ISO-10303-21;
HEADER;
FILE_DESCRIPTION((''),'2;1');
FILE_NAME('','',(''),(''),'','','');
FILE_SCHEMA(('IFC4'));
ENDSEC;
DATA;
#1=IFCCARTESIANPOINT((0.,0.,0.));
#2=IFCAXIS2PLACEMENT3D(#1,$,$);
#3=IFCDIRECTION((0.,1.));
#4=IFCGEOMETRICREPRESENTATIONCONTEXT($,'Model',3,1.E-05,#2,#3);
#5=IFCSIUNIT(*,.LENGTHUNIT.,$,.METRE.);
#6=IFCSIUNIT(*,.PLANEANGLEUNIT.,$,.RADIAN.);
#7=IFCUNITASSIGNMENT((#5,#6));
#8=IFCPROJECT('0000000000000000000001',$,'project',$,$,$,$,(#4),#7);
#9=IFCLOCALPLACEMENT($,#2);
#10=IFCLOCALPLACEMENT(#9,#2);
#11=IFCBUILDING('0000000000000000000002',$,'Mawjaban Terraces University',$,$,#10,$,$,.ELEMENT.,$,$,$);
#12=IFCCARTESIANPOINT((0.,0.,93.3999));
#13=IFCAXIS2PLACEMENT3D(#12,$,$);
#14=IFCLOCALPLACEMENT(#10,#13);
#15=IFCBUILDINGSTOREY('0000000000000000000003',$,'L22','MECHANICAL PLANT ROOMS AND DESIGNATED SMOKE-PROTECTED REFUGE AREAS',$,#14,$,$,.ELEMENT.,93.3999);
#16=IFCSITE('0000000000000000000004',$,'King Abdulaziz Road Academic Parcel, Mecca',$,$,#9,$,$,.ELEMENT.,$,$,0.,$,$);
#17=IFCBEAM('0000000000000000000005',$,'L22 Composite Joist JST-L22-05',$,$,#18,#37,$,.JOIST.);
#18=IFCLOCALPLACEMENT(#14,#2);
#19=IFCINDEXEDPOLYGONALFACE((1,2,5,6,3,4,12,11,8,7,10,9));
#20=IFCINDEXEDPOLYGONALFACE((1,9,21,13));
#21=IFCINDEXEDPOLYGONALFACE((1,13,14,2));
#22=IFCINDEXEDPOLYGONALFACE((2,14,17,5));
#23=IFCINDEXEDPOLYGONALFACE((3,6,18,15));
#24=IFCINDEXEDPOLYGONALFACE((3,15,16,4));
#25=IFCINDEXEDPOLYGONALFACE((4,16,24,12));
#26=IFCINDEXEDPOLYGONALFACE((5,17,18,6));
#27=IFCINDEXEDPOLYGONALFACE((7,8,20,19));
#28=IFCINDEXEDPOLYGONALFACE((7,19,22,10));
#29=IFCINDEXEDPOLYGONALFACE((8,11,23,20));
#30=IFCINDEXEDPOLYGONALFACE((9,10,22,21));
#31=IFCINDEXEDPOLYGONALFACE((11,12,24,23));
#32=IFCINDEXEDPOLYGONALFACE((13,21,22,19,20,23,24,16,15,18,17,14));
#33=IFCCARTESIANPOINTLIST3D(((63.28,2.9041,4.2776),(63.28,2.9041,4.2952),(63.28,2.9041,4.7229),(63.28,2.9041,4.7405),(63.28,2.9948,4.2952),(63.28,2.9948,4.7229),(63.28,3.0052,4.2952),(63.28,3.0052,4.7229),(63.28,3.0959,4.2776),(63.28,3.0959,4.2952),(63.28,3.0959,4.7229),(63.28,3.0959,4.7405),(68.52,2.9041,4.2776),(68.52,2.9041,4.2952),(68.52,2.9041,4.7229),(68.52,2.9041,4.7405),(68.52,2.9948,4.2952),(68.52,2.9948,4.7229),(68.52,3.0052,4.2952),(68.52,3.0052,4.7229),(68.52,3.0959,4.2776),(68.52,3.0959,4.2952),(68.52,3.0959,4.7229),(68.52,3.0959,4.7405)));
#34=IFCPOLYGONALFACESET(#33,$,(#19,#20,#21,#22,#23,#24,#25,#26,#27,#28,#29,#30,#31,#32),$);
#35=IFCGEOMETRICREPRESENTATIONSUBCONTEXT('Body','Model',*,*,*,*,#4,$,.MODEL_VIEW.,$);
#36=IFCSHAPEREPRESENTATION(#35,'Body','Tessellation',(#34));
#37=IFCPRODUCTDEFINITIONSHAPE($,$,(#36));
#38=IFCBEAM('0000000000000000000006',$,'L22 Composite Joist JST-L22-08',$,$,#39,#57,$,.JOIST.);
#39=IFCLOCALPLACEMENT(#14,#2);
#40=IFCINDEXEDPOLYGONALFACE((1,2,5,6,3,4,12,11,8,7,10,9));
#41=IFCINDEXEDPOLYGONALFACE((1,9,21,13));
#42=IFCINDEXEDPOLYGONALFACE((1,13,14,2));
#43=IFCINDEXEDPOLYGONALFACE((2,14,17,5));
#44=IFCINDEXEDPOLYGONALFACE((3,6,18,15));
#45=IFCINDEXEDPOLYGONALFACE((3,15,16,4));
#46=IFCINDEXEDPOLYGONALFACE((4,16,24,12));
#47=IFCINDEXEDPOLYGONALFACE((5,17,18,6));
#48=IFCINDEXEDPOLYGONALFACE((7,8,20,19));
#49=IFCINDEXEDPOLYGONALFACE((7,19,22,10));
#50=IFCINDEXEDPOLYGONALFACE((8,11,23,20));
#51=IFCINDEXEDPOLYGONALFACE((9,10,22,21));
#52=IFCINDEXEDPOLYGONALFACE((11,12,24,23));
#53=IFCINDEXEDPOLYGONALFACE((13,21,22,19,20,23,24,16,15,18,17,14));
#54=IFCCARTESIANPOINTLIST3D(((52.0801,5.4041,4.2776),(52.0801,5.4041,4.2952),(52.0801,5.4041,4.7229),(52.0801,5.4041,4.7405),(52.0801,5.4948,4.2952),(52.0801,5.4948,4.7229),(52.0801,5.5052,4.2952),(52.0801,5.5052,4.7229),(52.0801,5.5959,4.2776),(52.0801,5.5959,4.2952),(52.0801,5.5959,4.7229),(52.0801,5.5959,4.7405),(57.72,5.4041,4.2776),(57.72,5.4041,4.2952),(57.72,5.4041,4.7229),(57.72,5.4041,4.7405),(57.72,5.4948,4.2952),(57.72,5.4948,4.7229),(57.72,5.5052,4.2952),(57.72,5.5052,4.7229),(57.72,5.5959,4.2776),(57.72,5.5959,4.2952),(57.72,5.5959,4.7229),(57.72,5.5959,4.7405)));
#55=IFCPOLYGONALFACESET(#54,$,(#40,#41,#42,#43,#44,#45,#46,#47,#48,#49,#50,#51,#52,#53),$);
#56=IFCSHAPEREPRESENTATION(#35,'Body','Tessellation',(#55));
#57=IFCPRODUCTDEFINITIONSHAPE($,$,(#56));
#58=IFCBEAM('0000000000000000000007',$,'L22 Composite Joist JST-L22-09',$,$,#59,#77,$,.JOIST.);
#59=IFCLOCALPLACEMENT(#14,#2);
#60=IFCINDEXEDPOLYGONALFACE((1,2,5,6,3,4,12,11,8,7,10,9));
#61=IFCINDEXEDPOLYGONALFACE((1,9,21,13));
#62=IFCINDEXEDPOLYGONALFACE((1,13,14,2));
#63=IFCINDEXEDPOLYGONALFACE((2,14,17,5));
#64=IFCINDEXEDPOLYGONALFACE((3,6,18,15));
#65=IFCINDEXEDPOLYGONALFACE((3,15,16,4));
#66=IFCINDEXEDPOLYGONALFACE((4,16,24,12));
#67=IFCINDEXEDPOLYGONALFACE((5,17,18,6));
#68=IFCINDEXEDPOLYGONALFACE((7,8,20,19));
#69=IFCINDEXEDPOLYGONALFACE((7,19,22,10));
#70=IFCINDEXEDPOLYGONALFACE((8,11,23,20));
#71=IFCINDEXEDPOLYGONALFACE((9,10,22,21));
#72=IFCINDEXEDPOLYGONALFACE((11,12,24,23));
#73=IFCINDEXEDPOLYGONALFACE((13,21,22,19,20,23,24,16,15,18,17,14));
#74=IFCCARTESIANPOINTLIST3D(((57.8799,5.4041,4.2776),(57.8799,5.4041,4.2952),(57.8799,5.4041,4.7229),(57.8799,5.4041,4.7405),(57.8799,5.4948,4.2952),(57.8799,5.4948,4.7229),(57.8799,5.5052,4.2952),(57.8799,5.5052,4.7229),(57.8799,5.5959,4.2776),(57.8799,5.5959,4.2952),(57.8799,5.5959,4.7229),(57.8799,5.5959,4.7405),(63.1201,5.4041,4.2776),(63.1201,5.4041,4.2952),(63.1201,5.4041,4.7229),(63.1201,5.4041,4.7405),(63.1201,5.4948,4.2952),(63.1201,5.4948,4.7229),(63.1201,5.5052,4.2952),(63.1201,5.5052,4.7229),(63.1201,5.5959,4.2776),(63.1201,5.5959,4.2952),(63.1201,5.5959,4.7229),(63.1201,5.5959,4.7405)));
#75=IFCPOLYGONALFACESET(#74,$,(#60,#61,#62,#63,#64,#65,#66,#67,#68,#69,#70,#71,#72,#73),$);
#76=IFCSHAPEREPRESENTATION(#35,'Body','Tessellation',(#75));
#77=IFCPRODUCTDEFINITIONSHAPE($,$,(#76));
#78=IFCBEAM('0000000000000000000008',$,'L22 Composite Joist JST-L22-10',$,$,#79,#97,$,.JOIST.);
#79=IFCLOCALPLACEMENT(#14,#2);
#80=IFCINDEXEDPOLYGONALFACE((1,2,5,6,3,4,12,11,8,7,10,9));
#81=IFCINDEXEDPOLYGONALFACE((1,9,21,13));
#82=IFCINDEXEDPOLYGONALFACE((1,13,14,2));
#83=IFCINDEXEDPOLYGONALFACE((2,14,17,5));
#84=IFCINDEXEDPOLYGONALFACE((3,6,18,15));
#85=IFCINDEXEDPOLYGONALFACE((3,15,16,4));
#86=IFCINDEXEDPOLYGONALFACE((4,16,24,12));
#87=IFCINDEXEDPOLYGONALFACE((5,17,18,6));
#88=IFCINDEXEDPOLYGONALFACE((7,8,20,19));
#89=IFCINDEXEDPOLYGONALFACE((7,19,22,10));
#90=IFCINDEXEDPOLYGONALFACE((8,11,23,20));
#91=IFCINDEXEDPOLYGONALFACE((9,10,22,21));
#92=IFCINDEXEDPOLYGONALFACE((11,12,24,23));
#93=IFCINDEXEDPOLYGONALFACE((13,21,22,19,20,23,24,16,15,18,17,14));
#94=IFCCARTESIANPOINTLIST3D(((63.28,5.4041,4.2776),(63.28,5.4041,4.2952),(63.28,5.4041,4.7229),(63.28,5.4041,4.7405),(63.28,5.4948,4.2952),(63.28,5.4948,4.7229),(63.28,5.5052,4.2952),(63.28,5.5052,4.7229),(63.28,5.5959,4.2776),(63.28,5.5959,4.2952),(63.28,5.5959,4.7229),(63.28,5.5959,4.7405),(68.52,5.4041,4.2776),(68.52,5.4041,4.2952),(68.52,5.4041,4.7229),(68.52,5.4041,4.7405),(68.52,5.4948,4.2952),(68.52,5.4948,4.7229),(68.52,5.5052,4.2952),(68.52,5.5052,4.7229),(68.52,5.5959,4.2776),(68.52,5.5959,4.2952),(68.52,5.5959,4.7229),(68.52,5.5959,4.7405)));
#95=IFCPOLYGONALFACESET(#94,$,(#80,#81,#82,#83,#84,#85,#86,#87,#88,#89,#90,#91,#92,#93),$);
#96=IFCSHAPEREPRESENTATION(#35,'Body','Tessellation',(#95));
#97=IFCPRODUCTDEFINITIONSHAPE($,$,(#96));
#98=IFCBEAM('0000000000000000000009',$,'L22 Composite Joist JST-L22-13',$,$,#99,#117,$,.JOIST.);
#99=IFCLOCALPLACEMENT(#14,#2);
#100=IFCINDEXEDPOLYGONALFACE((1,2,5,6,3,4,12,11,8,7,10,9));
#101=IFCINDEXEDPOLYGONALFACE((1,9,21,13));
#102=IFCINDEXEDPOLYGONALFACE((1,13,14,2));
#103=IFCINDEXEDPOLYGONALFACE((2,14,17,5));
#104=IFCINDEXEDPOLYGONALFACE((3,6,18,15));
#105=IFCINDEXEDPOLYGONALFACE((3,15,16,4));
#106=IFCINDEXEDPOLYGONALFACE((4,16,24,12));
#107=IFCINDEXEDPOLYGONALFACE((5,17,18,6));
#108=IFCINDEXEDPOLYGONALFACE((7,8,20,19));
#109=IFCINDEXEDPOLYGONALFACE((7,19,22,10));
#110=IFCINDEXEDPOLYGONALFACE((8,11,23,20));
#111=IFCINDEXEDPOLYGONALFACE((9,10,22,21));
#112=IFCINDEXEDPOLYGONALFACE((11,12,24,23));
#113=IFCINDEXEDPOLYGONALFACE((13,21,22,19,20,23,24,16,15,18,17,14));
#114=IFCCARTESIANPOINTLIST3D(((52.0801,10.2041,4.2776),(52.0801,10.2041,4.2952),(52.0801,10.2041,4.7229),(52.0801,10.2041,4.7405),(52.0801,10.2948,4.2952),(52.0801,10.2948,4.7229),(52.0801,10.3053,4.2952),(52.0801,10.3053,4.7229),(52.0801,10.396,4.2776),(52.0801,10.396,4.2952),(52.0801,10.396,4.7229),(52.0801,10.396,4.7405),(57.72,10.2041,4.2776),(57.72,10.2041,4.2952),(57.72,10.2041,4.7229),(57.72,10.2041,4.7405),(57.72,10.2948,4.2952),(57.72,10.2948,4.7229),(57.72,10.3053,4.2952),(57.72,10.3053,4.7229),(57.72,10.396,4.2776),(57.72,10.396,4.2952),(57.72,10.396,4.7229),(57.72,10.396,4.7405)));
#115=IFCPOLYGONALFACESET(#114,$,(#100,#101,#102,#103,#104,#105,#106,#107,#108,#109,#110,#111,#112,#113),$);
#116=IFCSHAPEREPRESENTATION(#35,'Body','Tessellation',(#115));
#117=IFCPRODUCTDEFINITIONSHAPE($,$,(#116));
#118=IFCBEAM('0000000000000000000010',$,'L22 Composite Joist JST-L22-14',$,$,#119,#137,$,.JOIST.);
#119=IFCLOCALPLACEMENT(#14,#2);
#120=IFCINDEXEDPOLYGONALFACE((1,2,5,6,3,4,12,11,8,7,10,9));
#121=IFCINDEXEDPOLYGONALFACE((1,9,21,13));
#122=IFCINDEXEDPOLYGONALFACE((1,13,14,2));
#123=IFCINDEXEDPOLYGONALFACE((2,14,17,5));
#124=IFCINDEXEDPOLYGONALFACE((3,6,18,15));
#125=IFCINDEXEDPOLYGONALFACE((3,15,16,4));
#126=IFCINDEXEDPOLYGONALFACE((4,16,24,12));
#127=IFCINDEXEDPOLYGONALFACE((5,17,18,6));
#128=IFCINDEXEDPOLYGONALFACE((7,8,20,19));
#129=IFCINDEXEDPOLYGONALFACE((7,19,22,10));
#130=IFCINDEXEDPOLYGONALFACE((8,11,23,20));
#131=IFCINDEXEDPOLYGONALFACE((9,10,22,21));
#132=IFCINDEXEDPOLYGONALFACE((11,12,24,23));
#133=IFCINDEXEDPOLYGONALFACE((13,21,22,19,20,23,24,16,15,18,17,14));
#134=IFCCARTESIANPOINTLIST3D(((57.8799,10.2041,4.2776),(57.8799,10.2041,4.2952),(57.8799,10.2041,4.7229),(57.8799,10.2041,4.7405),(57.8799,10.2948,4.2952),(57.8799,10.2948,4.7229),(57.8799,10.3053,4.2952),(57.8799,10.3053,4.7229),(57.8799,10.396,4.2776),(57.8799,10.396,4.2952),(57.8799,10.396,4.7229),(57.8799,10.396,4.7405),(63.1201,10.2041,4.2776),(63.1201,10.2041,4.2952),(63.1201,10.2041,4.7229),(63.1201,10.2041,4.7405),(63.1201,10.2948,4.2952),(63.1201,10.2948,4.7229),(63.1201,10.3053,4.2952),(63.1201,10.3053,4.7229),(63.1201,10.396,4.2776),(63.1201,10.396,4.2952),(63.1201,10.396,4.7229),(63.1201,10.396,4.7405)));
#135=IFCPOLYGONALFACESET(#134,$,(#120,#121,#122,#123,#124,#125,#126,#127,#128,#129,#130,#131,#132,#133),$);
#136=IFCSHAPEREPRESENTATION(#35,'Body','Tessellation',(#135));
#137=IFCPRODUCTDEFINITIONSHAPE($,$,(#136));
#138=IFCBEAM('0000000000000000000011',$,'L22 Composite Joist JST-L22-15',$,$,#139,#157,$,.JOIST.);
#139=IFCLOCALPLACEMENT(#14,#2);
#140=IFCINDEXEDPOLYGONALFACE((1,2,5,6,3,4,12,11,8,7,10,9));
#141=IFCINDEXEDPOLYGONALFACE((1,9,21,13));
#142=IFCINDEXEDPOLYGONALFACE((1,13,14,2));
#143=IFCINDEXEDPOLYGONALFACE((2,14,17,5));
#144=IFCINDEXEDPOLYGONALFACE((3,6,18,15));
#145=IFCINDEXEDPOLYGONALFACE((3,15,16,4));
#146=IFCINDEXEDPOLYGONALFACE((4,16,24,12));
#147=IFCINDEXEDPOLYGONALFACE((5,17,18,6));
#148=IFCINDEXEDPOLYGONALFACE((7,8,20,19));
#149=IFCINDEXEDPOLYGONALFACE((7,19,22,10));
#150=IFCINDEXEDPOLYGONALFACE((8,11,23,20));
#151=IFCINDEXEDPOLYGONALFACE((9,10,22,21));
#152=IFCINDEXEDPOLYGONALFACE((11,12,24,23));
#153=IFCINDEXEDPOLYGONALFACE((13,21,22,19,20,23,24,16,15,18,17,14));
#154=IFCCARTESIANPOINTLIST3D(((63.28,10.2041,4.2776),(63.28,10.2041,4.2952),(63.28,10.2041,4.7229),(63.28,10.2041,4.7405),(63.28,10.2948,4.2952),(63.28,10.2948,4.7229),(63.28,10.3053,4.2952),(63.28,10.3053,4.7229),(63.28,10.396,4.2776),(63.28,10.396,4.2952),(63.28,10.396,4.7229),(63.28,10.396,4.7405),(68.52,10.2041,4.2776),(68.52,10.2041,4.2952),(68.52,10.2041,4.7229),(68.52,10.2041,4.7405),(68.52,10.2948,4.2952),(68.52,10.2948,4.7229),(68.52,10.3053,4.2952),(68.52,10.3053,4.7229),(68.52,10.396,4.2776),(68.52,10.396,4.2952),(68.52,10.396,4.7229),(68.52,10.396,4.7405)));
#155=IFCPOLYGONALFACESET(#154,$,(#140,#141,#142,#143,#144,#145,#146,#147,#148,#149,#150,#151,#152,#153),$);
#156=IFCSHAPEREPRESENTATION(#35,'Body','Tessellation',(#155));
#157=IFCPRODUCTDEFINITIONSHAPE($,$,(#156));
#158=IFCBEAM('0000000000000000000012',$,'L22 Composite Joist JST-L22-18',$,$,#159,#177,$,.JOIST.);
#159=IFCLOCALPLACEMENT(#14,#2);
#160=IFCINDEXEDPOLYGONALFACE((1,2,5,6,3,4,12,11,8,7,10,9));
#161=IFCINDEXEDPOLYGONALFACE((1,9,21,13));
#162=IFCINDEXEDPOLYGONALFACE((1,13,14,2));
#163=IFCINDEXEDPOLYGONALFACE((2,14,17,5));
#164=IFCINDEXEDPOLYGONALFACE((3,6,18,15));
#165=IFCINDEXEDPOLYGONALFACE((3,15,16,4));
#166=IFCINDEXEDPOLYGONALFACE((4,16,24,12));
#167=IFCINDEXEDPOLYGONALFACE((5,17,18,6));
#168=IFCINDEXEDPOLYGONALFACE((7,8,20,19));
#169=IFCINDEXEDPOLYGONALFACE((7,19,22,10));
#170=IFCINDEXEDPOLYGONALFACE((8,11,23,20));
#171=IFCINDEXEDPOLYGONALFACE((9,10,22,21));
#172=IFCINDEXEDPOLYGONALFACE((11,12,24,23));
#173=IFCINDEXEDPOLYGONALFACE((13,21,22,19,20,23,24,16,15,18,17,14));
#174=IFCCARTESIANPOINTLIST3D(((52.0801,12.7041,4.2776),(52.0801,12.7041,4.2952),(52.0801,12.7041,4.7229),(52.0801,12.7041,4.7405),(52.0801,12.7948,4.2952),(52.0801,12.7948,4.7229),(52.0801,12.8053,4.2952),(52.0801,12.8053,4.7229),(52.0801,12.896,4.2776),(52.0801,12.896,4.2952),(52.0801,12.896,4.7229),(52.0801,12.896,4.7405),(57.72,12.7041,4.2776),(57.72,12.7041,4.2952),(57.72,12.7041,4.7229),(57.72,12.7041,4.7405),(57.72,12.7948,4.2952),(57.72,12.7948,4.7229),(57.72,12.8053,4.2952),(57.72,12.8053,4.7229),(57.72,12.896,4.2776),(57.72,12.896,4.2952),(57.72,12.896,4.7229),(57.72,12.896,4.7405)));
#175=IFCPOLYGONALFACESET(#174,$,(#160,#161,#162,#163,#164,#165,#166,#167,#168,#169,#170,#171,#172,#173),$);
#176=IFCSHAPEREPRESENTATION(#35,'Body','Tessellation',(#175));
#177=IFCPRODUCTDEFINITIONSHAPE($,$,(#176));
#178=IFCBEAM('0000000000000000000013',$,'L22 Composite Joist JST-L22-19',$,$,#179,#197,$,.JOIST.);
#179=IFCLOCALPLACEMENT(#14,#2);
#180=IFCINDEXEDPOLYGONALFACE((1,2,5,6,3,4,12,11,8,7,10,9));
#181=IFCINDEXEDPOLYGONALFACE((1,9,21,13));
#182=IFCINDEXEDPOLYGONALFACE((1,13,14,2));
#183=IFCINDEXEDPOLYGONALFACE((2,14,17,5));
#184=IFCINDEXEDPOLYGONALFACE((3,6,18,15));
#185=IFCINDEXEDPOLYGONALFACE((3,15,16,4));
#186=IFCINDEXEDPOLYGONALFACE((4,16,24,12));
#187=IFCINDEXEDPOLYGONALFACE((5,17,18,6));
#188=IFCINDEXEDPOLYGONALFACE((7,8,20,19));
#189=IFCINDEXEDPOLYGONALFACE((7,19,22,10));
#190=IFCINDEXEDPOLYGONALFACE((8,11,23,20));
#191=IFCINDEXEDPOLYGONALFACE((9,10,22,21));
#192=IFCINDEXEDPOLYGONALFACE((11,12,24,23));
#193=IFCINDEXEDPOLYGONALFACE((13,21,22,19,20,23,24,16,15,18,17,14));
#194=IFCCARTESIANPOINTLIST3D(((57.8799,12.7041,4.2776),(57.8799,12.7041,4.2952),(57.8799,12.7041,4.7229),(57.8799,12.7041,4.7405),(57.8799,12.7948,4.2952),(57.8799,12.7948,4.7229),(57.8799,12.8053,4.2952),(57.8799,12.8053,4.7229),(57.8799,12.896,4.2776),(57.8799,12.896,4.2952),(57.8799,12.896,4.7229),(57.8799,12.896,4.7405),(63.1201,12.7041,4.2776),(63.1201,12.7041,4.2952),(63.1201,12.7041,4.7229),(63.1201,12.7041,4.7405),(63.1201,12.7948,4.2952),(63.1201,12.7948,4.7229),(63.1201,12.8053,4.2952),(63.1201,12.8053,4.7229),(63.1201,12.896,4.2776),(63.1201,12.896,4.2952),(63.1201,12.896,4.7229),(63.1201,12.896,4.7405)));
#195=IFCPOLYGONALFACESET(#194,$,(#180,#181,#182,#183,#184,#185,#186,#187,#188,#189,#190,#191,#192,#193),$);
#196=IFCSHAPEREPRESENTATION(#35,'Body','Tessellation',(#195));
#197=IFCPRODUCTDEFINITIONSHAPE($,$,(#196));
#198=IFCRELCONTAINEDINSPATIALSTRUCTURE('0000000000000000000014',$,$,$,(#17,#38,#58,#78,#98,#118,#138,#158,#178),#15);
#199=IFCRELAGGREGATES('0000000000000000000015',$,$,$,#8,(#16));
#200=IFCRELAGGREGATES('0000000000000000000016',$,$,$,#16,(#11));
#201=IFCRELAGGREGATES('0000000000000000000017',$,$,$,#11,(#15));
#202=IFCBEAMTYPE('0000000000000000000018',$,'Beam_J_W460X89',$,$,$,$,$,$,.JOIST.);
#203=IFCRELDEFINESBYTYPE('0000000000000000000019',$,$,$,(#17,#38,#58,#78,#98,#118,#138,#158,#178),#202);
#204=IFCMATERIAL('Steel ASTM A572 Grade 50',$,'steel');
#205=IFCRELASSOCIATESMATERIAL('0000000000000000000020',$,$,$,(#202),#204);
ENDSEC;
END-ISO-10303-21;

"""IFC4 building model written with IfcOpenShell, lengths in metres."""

from ifc_helpers import new_model, si_unit, direction, frame, origin, origin_2d, place, context, subcontext, project, spatial, i_section, extrude, material, material_profile, profile_set, type_object, element, save


model = new_model("IFC4")

# Units and contexts
model_context = context("Model", 3, precision=1e-05, world=origin(), true_north=direction((0.0, 1.0)))
body_context = subcontext(model_context, "Body", "Model", "MODEL_VIEW")
ifc_project = project(units=[si_unit("LENGTHUNIT", "METRE"), si_unit("PLANEANGLEUNIT", "RADIAN")], contexts=[model_context])

# Site, building, storey
site_placement = place(None, origin())
site = spatial("IfcSite", under=ifc_project, at=site_placement, Name="King Abdulaziz Road Academic Parcel, Mecca", CompositionType="ELEMENT", RefElevation=0.0)
building_placement = place(site_placement, origin())
building = spatial("IfcBuilding", under=site, at=building_placement, Name="Mawjaban Terraces University", CompositionType="ELEMENT")
storey_placement = place(building_placement, frame((0.0, 0.0, 93.3999)))
storey = spatial("IfcBuildingStorey", under=building, at=storey_placement, Name="L22", Description="MECHANICAL PLANT ROOMS AND DESIGNATED SMOKE-PROTECTED REFUGE AREAS", CompositionType="ELEMENT", Elevation=93.3999)

# Beams
ifc_material_1 = material(Name="Steel ASTM A572 Grade 50", Category="steel")
ifc_material_profile_1 = material_profile(ifc_material_1, i_section(OverallWidth=0.1919, OverallDepth=0.4629, WebThickness=0.0105, FlangeThickness=0.0176, at=origin_2d()), Name="W460X89")
ifc_profile_set_1 = profile_set([ifc_material_profile_1], Name="Steel ASTM A572 Grade 50")
beam_type_1 = type_object("IfcBeamType", Name="Beam_J_W460X89", PredefinedType="JOIST", material=ifc_profile_set_1)
beam_1_placement = place(storey_placement, frame((63.28, 3.0, 4.509), z_axis=(1.0, 0.0, 0.0), x_axis=(0.0, 1.0, 0.0)))
element("IfcBeam", 1, at=beam_1_placement, inside=storey, type_object=beam_type_1, Name="L22 Composite Joist JST-L22-05", PredefinedType="JOIST", context=body_context, shape_type="SweptSolid", body=[
    extrude(i_section(OverallWidth=0.1919, OverallDepth=0.4629, WebThickness=0.0105, FlangeThickness=0.0176, at=origin_2d()), origin(), (0.0, 0.0, 1.0), 5.24),
])
beam_2_placement = place(storey_placement, frame((52.0801, 5.5, 4.509), z_axis=(1.0, 0.0, 0.0), x_axis=(0.0, 1.0, 0.0)))
element("IfcBeam", 2, at=beam_2_placement, inside=storey, type_object=beam_type_1, Name="L22 Composite Joist JST-L22-08", PredefinedType="JOIST", context=body_context, shape_type="SweptSolid", body=[
    extrude(i_section(OverallWidth=0.1919, OverallDepth=0.4629, WebThickness=0.0105, FlangeThickness=0.0176, at=origin_2d()), origin(), (0.0, 0.0, 1.0), 5.6399),
])
beam_3_placement = place(storey_placement, frame((57.8799, 5.5, 4.509), z_axis=(1.0, 0.0, 0.0), x_axis=(0.0, 1.0, 0.0)))
element("IfcBeam", 3, at=beam_3_placement, inside=storey, type_object=beam_type_1, Name="L22 Composite Joist JST-L22-09", PredefinedType="JOIST", context=body_context, shape_type="SweptSolid", body=[
    extrude(i_section(OverallWidth=0.1919, OverallDepth=0.4629, WebThickness=0.0105, FlangeThickness=0.0176, at=origin_2d()), origin(), (0.0, 0.0, 1.0), 5.2402),
])
beam_4_placement = place(storey_placement, frame((63.28, 5.5, 4.509), z_axis=(1.0, 0.0, 0.0), x_axis=(0.0, 1.0, 0.0)))
element("IfcBeam", 4, at=beam_4_placement, inside=storey, type_object=beam_type_1, Name="L22 Composite Joist JST-L22-10", PredefinedType="JOIST", context=body_context, shape_type="SweptSolid", body=[
    extrude(i_section(OverallWidth=0.1919, OverallDepth=0.4629, WebThickness=0.0105, FlangeThickness=0.0176, at=origin_2d()), origin(), (0.0, 0.0, 1.0), 5.24),
])
beam_5_placement = place(storey_placement, frame((52.0801, 10.3, 4.509), z_axis=(1.0, 0.0, 0.0), x_axis=(0.0, 1.0, 0.0)))
element("IfcBeam", 5, at=beam_5_placement, inside=storey, type_object=beam_type_1, Name="L22 Composite Joist JST-L22-13", PredefinedType="JOIST", context=body_context, shape_type="SweptSolid", body=[
    extrude(i_section(OverallWidth=0.1919, OverallDepth=0.4629, WebThickness=0.0105, FlangeThickness=0.0176, at=origin_2d()), origin(), (0.0, 0.0, 1.0), 5.6399),
])
beam_6_placement = place(storey_placement, frame((57.8799, 10.3, 4.509), z_axis=(1.0, 0.0, 0.0), x_axis=(0.0, 1.0, 0.0)))
element("IfcBeam", 6, at=beam_6_placement, inside=storey, type_object=beam_type_1, Name="L22 Composite Joist JST-L22-14", PredefinedType="JOIST", context=body_context, shape_type="SweptSolid", body=[
    extrude(i_section(OverallWidth=0.1919, OverallDepth=0.4629, WebThickness=0.0105, FlangeThickness=0.0176, at=origin_2d()), origin(), (0.0, 0.0, 1.0), 5.2402),
])
beam_7_placement = place(storey_placement, frame((63.28, 10.3, 4.509), z_axis=(1.0, 0.0, 0.0), x_axis=(0.0, 1.0, 0.0)))
element("IfcBeam", 7, at=beam_7_placement, inside=storey, type_object=beam_type_1, Name="L22 Composite Joist JST-L22-15", PredefinedType="JOIST", context=body_context, shape_type="SweptSolid", body=[
    extrude(i_section(OverallWidth=0.1919, OverallDepth=0.4629, WebThickness=0.0105, FlangeThickness=0.0176, at=origin_2d()), origin(), (0.0, 0.0, 1.0), 5.24),
])
beam_8_placement = place(storey_placement, frame((52.0801, 12.8, 4.509), z_axis=(1.0, 0.0, 0.0), x_axis=(0.0, 1.0, 0.0)))
element("IfcBeam", 8, at=beam_8_placement, inside=storey, type_object=beam_type_1, Name="L22 Composite Joist JST-L22-18", PredefinedType="JOIST", context=body_context, shape_type="SweptSolid", body=[
    extrude(i_section(OverallWidth=0.1919, OverallDepth=0.4629, WebThickness=0.0105, FlangeThickness=0.0176, at=origin_2d()), origin(), (0.0, 0.0, 1.0), 5.6399),
])
beam_9_placement = place(storey_placement, frame((57.8799, 12.8, 4.509), z_axis=(1.0, 0.0, 0.0), x_axis=(0.0, 1.0, 0.0)))
element("IfcBeam", 9, at=beam_9_placement, inside=storey, type_object=beam_type_1, Name="L22 Composite Joist JST-L22-19", PredefinedType="JOIST", context=body_context, shape_type="SweptSolid", body=[
    extrude(i_section(OverallWidth=0.1919, OverallDepth=0.4629, WebThickness=0.0105, FlangeThickness=0.0176, at=origin_2d()), origin(), (0.0, 0.0, 1.0), 5.2402),
])

save(model, "model.ifc")
